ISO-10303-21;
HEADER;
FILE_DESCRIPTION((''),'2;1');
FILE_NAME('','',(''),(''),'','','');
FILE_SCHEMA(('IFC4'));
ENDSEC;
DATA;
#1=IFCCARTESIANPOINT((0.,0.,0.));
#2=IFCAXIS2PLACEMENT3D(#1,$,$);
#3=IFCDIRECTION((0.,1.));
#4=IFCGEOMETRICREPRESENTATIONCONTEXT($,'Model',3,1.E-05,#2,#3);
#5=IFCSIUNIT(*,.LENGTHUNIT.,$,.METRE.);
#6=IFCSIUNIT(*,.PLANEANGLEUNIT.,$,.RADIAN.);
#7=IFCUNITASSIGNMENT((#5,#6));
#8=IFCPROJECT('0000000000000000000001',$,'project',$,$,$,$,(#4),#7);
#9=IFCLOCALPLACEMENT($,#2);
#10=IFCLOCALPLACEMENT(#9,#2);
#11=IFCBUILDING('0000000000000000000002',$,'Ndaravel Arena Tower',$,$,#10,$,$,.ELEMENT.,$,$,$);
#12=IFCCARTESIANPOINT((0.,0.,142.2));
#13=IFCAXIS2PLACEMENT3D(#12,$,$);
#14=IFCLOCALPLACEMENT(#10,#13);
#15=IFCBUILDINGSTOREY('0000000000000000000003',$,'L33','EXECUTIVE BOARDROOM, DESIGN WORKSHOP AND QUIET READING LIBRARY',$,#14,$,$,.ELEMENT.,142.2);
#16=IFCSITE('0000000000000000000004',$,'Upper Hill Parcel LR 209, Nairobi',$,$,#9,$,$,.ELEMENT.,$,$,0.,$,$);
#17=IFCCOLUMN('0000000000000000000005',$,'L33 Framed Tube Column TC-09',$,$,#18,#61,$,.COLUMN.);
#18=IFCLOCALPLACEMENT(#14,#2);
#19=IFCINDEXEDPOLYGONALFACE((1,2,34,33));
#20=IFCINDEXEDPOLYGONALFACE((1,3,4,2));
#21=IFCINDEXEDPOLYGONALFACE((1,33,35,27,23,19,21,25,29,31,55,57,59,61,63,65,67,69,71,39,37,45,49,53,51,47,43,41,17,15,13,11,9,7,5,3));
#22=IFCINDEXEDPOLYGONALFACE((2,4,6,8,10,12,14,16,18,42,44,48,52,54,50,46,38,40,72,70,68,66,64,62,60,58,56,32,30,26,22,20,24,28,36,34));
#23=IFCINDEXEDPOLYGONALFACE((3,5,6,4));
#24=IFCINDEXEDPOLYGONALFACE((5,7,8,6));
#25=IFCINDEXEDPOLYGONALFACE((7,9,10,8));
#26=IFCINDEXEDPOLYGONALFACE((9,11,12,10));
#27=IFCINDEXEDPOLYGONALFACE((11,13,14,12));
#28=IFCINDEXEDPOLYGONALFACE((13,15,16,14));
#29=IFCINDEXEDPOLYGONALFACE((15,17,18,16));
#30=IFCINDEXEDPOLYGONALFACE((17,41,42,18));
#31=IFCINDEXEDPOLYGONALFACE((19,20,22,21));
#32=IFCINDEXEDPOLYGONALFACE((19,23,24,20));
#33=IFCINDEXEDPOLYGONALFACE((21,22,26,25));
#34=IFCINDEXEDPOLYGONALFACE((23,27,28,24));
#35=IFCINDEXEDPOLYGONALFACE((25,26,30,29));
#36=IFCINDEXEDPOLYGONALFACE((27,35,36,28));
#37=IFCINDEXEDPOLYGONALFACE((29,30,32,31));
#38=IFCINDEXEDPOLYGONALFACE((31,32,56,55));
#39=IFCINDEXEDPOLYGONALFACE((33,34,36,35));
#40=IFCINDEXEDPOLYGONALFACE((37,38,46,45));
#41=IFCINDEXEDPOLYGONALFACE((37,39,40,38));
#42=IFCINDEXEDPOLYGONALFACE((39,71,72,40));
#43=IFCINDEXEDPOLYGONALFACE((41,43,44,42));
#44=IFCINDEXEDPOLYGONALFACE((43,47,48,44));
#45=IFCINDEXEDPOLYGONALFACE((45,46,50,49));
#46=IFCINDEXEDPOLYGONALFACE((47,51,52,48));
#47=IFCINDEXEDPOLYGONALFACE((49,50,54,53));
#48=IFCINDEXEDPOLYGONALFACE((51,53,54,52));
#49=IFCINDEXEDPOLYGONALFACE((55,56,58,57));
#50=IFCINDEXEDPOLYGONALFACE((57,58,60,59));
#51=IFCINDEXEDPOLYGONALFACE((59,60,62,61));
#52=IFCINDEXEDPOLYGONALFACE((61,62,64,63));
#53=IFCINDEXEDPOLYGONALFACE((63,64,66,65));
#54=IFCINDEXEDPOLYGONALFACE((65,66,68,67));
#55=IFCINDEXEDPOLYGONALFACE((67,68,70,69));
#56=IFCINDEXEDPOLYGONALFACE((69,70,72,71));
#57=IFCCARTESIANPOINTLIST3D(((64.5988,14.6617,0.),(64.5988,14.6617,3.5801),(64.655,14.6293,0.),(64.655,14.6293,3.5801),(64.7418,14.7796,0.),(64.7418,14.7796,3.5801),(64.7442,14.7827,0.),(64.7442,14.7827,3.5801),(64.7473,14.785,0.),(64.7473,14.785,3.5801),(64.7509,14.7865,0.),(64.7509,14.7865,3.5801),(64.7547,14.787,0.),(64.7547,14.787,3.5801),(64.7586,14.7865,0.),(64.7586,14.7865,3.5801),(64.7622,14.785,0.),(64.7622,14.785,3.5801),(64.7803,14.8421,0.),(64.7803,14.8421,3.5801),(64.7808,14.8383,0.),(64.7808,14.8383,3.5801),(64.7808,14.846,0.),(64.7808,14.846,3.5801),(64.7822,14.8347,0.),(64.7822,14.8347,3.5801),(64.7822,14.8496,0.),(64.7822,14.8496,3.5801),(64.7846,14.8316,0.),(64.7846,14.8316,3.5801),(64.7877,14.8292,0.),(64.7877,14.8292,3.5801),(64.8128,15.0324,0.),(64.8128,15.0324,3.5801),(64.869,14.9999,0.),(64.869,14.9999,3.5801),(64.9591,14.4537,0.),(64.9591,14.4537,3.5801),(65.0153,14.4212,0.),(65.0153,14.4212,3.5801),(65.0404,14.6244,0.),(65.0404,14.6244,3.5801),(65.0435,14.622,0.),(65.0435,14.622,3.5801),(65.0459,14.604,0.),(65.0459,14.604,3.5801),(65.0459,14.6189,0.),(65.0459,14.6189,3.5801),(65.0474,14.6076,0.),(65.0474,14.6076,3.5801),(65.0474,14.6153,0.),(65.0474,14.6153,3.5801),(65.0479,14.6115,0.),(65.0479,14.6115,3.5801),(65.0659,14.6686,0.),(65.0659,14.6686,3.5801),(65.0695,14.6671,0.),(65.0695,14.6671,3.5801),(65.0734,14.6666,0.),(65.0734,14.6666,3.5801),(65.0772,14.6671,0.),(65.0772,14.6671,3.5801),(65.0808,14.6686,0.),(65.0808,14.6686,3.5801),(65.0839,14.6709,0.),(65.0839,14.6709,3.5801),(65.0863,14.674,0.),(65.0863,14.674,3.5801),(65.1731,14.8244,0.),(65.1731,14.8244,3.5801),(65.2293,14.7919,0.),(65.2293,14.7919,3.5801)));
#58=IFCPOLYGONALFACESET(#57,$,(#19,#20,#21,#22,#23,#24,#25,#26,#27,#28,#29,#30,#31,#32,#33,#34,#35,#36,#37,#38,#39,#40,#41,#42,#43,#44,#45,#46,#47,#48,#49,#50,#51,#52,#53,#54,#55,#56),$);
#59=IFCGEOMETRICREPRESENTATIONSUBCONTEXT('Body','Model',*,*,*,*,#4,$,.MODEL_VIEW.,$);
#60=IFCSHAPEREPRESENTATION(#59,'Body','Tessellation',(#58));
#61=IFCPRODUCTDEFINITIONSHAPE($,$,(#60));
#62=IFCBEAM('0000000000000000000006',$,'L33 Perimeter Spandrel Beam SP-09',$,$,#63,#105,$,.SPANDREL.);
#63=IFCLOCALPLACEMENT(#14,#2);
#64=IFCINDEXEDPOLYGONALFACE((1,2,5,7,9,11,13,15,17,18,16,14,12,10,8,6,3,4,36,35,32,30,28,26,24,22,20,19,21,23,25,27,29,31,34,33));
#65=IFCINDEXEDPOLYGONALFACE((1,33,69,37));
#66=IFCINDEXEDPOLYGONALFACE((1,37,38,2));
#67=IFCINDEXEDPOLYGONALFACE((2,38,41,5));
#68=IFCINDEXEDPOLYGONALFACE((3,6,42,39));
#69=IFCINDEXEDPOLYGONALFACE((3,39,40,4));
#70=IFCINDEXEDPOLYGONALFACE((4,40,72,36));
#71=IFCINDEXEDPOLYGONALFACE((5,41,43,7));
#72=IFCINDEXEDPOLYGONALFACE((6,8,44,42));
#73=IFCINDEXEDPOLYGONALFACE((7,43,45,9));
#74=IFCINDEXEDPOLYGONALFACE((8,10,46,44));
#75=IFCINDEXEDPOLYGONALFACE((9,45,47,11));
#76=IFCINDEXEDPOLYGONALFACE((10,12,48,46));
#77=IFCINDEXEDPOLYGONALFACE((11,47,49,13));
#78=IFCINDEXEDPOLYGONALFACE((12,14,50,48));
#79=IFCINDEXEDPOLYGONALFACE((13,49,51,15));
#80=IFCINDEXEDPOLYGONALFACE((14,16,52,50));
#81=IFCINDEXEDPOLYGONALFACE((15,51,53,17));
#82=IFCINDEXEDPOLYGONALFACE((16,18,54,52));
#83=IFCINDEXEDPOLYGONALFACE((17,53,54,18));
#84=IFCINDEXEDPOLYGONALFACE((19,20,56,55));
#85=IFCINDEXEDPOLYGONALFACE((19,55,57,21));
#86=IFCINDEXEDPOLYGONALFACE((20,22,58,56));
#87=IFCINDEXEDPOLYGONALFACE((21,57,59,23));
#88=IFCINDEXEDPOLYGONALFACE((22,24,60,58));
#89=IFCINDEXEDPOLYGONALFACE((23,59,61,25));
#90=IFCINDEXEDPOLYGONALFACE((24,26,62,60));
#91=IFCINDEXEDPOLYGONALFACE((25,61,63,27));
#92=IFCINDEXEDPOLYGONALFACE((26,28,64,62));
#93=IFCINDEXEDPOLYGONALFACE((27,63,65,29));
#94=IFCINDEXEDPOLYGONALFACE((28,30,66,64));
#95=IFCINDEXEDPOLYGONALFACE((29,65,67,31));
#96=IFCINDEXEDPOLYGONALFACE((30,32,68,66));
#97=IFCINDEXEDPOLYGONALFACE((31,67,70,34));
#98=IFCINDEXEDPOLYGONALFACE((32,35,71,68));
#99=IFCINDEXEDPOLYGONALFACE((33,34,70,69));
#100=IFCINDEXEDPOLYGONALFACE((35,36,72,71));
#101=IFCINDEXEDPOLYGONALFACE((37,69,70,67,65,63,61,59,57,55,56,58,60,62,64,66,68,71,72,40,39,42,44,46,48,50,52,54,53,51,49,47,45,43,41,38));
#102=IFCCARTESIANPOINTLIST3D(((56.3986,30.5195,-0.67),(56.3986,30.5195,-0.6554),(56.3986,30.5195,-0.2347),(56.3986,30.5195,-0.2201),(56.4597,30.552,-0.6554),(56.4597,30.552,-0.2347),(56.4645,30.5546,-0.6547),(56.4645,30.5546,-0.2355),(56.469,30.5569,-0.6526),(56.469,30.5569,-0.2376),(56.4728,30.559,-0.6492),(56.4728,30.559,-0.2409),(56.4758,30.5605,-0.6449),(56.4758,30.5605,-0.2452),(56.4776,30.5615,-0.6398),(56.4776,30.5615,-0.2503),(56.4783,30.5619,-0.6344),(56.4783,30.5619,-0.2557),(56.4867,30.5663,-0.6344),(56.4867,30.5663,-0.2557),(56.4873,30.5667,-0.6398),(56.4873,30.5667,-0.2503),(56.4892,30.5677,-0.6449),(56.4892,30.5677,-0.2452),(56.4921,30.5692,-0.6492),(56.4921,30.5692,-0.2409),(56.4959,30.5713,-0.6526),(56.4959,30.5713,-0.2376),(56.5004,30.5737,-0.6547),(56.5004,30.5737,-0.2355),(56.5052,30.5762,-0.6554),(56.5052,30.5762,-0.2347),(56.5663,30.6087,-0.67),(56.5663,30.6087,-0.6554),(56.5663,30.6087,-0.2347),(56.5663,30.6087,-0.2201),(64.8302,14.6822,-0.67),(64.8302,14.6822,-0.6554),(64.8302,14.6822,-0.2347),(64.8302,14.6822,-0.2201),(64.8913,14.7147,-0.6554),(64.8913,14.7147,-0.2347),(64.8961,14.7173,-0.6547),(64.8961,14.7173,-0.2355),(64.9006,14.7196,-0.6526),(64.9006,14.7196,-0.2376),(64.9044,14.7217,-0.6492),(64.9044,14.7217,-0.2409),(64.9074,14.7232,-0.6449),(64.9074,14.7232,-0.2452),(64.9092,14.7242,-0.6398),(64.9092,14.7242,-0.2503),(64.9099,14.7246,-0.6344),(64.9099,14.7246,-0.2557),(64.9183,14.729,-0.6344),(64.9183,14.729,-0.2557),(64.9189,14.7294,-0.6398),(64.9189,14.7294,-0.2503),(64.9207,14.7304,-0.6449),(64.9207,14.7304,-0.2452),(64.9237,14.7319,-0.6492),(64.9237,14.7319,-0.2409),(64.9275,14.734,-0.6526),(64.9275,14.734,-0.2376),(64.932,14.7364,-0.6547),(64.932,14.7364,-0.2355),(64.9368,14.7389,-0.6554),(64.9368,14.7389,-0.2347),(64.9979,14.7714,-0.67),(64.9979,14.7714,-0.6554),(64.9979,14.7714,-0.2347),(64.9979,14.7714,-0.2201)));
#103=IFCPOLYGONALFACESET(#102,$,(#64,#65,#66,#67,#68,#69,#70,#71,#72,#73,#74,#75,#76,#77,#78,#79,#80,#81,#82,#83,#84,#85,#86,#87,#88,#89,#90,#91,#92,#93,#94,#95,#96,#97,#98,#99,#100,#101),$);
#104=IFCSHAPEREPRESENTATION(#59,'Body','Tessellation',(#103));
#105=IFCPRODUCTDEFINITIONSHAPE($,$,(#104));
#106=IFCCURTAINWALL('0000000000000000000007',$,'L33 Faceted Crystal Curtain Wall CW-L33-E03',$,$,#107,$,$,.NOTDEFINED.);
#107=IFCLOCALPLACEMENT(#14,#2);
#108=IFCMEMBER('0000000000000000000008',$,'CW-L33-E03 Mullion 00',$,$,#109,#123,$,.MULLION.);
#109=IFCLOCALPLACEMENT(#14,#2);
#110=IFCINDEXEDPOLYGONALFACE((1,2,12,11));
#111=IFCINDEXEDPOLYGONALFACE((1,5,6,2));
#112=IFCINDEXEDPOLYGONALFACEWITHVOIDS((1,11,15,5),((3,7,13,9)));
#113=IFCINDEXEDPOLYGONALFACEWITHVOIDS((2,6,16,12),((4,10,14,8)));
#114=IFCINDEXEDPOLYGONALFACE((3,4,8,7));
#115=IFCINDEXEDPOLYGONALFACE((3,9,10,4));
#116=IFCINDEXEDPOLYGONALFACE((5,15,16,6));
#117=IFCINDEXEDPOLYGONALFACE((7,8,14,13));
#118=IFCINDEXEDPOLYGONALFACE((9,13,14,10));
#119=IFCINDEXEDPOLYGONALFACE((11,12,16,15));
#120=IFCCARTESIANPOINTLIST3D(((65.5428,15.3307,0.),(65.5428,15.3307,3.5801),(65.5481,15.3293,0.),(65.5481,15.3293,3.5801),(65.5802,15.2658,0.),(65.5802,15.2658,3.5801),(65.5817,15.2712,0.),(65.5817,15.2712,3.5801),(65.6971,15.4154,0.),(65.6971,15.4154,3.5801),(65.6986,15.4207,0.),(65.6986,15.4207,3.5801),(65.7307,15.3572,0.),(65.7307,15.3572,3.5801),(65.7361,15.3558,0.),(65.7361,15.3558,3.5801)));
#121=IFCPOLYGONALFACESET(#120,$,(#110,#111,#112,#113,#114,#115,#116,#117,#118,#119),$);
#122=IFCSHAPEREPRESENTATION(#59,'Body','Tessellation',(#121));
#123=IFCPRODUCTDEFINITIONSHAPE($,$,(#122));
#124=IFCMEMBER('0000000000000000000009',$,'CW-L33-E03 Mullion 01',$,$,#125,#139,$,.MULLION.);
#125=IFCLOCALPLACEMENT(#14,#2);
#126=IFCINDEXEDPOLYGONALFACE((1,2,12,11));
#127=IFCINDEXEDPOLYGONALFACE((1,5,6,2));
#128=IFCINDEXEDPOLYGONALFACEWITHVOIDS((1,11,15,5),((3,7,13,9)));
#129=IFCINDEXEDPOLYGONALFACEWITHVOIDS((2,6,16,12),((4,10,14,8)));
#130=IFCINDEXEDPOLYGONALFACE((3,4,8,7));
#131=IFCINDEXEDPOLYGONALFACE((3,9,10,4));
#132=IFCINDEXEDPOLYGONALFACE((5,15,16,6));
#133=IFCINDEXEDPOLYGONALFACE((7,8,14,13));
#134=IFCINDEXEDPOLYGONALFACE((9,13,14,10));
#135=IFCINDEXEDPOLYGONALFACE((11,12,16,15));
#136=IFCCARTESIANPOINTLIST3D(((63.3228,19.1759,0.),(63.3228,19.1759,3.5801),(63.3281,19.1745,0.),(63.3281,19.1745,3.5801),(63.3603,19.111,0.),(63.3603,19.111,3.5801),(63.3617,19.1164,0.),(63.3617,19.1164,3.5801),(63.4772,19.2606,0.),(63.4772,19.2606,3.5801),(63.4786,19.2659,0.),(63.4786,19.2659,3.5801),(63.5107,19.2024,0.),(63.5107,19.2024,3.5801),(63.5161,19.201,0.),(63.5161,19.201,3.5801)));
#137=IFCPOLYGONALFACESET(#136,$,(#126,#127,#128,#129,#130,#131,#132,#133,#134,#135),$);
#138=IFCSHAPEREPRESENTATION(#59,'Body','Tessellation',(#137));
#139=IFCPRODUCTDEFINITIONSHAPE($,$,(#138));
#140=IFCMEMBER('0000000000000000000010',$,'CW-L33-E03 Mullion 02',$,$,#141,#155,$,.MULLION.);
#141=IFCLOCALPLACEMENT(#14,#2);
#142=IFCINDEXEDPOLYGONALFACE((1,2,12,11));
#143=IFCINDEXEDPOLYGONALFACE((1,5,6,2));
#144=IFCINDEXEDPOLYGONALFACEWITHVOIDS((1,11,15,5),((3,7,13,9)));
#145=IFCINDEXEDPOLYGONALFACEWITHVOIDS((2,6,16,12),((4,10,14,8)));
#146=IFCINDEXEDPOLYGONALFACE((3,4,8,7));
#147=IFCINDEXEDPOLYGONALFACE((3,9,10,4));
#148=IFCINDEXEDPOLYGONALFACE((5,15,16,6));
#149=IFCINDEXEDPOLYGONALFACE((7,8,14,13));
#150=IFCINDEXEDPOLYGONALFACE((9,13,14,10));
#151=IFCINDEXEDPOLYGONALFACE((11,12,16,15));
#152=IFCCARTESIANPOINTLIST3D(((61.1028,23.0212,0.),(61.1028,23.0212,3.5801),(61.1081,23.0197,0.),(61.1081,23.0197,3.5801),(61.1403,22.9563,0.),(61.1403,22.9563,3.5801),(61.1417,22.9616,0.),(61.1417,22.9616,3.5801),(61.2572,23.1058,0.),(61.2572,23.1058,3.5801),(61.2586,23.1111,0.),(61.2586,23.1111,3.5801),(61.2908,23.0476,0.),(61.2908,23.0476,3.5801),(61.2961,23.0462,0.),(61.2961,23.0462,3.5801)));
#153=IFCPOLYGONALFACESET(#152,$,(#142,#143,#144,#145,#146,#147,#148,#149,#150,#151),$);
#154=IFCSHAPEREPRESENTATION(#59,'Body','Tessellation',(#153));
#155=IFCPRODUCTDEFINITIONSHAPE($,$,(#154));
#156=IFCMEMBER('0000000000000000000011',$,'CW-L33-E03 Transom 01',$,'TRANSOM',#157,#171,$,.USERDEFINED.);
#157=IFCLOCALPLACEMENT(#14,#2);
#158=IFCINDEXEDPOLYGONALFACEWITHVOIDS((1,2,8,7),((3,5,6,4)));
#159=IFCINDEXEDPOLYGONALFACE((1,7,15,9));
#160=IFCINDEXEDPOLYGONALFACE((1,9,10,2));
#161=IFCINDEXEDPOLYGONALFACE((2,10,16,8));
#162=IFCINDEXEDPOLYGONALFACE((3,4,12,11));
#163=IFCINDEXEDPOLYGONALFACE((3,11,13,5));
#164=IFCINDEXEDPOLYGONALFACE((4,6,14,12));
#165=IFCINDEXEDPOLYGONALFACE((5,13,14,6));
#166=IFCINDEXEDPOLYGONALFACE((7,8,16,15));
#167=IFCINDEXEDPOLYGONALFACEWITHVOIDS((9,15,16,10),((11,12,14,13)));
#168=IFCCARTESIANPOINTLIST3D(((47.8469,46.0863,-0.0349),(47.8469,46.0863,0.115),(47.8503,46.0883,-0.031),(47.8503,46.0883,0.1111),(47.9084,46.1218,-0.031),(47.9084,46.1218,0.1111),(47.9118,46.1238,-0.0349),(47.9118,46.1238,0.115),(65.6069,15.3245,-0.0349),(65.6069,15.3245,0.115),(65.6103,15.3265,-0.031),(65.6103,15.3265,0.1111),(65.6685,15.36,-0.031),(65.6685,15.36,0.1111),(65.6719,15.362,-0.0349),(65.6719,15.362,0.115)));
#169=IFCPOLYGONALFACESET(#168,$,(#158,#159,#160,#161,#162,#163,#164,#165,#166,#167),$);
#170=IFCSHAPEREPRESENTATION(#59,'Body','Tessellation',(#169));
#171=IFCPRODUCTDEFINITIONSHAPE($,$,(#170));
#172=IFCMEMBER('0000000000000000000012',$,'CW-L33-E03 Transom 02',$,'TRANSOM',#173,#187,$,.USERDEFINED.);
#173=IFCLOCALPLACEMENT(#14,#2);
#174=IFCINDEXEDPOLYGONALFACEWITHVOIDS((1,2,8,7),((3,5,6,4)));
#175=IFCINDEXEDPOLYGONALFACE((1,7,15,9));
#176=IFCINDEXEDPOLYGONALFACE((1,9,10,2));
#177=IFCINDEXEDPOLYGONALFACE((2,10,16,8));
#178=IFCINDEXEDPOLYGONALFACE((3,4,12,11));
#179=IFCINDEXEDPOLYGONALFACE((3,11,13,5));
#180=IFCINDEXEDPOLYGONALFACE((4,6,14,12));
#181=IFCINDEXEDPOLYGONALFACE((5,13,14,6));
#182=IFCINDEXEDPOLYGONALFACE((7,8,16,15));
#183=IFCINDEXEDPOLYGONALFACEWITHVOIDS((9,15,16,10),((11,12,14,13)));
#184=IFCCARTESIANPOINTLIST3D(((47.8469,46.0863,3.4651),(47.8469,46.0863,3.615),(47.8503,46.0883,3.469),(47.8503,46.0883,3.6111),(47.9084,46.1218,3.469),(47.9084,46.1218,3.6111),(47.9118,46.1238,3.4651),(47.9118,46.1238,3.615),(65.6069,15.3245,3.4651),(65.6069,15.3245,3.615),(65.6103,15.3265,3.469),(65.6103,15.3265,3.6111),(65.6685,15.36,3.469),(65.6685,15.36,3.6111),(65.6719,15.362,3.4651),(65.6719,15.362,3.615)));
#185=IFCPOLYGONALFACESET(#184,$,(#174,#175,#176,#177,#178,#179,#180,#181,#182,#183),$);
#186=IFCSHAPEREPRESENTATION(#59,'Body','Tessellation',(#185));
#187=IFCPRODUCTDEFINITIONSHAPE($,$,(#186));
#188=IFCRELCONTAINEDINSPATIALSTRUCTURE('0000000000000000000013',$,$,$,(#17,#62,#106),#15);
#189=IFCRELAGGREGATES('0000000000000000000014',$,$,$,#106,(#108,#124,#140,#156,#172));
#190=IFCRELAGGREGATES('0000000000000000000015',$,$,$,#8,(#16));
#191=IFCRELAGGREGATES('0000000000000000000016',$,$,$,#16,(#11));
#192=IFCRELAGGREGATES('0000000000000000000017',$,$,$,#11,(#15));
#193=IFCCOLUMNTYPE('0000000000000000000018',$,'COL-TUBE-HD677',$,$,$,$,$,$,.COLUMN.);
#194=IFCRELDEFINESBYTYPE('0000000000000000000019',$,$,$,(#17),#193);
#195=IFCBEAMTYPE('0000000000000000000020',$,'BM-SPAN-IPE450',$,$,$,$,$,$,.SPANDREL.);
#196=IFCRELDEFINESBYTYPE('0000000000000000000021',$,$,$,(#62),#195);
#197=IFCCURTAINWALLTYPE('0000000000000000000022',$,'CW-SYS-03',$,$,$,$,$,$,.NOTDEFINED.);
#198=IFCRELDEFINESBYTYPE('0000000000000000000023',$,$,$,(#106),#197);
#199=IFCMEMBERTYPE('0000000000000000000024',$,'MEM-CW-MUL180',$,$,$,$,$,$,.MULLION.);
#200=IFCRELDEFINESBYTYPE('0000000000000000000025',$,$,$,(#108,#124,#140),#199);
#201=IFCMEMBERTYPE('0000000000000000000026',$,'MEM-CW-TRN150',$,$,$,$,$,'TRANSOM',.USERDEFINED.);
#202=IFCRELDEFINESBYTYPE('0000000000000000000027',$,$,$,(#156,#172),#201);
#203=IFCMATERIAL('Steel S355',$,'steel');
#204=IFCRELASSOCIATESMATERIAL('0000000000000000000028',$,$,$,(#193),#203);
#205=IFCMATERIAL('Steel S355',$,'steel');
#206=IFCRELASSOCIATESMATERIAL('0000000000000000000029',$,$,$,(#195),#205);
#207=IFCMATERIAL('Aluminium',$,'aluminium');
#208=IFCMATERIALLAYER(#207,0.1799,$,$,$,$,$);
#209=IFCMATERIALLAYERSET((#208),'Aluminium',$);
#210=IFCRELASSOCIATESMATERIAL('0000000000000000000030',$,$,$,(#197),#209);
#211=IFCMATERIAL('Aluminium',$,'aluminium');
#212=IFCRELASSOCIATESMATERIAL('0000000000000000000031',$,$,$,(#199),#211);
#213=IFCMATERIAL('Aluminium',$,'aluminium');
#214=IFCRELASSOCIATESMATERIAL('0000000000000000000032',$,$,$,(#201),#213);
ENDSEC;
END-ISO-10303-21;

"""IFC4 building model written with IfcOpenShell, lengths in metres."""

from ifc_helpers import new_model, si_unit, direction, frame, origin, origin_2d, place, context, subcontext, project, spatial, hollow_rectangle, i_section, extrude, material, layer, layer_set, material_profile, profile_set, type_object, element, aggregate, save


model = new_model("IFC4")

# Units and contexts
model_context = context("Model", 3, precision=1e-05, world=origin(), true_north=direction((0.0, 1.0)))
body_context = subcontext(model_context, "Body", "Model", "MODEL_VIEW")
ifc_project = project(units=[si_unit("LENGTHUNIT", "METRE"), si_unit("PLANEANGLEUNIT", "RADIAN")], contexts=[model_context])

# Site, building, storey
site_placement = place(None, origin())
site = spatial("IfcSite", under=ifc_project, at=site_placement, Name="Upper Hill Parcel LR 209, Nairobi", CompositionType="ELEMENT", RefElevation=0.0)
building_placement = place(site_placement, origin())
building = spatial("IfcBuilding", under=site, at=building_placement, Name="Ndaravel Arena Tower", CompositionType="ELEMENT")
storey_placement = place(building_placement, frame((0.0, 0.0, 142.2)))
storey = spatial("IfcBuildingStorey", under=building, at=storey_placement, Name="L33", Description="EXECUTIVE BOARDROOM, DESIGN WORKSHOP AND QUIET READING LIBRARY", CompositionType="ELEMENT", Elevation=142.2)

# Column
ifc_material_1 = material(Name="Steel S355", Category="steel")
ifc_material_profile_1 = material_profile(ifc_material_1, i_section(OverallWidth=0.428, OverallDepth=0.481, WebThickness=0.051, FlangeThickness=0.0649, FilletRadius=0.0149, at=origin_2d()), Name="HD 400x677")
ifc_profile_set_1 = profile_set([ifc_material_profile_1], Name="Steel S355")
column_type = type_object("IfcColumnType", Name="COL-TUBE-HD677", PredefinedType="COLUMN", material=ifc_profile_set_1)
column_placement = place(storey_placement, frame((64.9141, 14.7268, 0.0), z_axis=(0.0, 0.0, 1.0), x_axis=(0.5, 0.866025, 0.0)))
element("IfcColumn", 1, at=column_placement, inside=storey, type_object=column_type, Name="L33 Framed Tube Column TC-09", PredefinedType="COLUMN", context=body_context, shape_type="SweptSolid", body=[
    extrude(i_section(OverallWidth=0.428, OverallDepth=0.481, WebThickness=0.051, FlangeThickness=0.0649, FilletRadius=0.0149, at=origin_2d()), origin(), (0.0, 0.0, 1.0), 3.5801),
])

# Beam
ifc_material_2 = material(Name="Steel S355", Category="steel")
ifc_material_profile_2 = material_profile(ifc_material_2, i_section(OverallWidth=0.1899, OverallDepth=0.45, WebThickness=0.0095, FlangeThickness=0.0146, FilletRadius=0.021, at=origin_2d()), Name="IPE 450")
ifc_profile_set_2 = profile_set([ifc_material_profile_2], Name="Steel S355")
beam_type = type_object("IfcBeamType", Name="BM-SPAN-IPE450", PredefinedType="SPANDREL", material=ifc_profile_set_2)
beam_placement = place(storey_placement, frame((64.9141, 14.7268, -0.4451), z_axis=(-0.469938, 0.882699, 0.0), x_axis=(-0.882699, -0.469938, 0.0)))
element("IfcBeam", 2, at=beam_placement, inside=storey, type_object=beam_type, Name="L33 Perimeter Spandrel Beam SP-09", PredefinedType="SPANDREL", context=body_context, shape_type="SweptSolid", body=[
    extrude(i_section(OverallWidth=0.1899, OverallDepth=0.45, WebThickness=0.0095, FlangeThickness=0.0146, FilletRadius=0.021, at=origin_2d()), origin(), (0.0, 0.0, 1.0), 17.9419),
])

# Curtain wall, members
ifc_material_3 = material(Name="Aluminium", Category="aluminium")
ifc_layer_1 = layer(ifc_material_3, 0.1799)
ifc_layer_set_1 = layer_set([ifc_layer_1], Name="Aluminium")
curtain_wall_type = type_object("IfcCurtainWallType", Name="CW-SYS-03", PredefinedType="NOTDEFINED", material=ifc_layer_set_1)
curtain_wall_placement = place(storey_placement, origin())
curtain_wall = element("IfcCurtainWall", 3, at=curtain_wall_placement, inside=storey, type_object=curtain_wall_type, Name="L33 Faceted Crystal Curtain Wall CW-L33-E03", PredefinedType="NOTDEFINED")
ifc_material_4 = material(Name="Aluminium", Category="aluminium")
ifc_material_profile_3 = material_profile(ifc_material_4, hollow_rectangle(XDim=0.075, YDim=0.1799, WallThickness=0.0039, at=origin_2d()), Name="CW MULLION 75x180x4")
ifc_profile_set_3 = profile_set([ifc_material_profile_3], Name="Aluminium")
member_type_1 = type_object("IfcMemberType", Name="MEM-CW-MUL180", PredefinedType="MULLION", material=ifc_profile_set_3)
member_1_placement = place(storey_placement, frame((65.6394, 15.3433, 0.0), z_axis=(0.0, 0.0, 1.0), x_axis=(-0.5, 0.866025, 0.0)))
member_1 = element("IfcMember", 4, at=member_1_placement, type_object=member_type_1, Name="CW-L33-E03 Mullion 00", PredefinedType="MULLION", context=body_context, shape_type="SweptSolid", body=[
    extrude(hollow_rectangle(XDim=0.075, YDim=0.1799, WallThickness=0.0039, at=origin_2d()), origin(), (0.0, 0.0, 1.0), 3.5801),
])
member_2_placement = place(storey_placement, frame((63.4194, 19.1885, 0.0), z_axis=(0.0, 0.0, 1.0), x_axis=(-0.5, 0.866025, 0.0)))
member_2 = element("IfcMember", 5, at=member_2_placement, type_object=member_type_1, Name="CW-L33-E03 Mullion 01", PredefinedType="MULLION", context=body_context, shape_type="SweptSolid", body=[
    extrude(hollow_rectangle(XDim=0.075, YDim=0.1799, WallThickness=0.0039, at=origin_2d()), origin(), (0.0, 0.0, 1.0), 3.5801),
])
member_3_placement = place(storey_placement, frame((61.1995, 23.0337, 0.0), z_axis=(0.0, 0.0, 1.0), x_axis=(-0.5, 0.866025, 0.0)))
member_3 = element("IfcMember", 6, at=member_3_placement, type_object=member_type_1, Name="CW-L33-E03 Mullion 02", PredefinedType="MULLION", context=body_context, shape_type="SweptSolid", body=[
    extrude(hollow_rectangle(XDim=0.075, YDim=0.1799, WallThickness=0.0039, at=origin_2d()), origin(), (0.0, 0.0, 1.0), 3.5801),
])
ifc_material_5 = material(Name="Aluminium", Category="aluminium")
ifc_material_profile_4 = material_profile(ifc_material_5, hollow_rectangle(XDim=0.075, YDim=0.1499, WallThickness=0.0039, at=origin_2d()), Name="CW TRANSOM 75x150x4")
ifc_profile_set_4 = profile_set([ifc_material_profile_4], Name="Aluminium")
member_type_2 = type_object("IfcMemberType", Name="MEM-CW-TRN150", ElementType="TRANSOM", PredefinedType="USERDEFINED", material=ifc_profile_set_4)
member_4_placement = place(storey_placement, frame((65.6394, 15.3433, 0.04), z_axis=(-0.499994, 0.866029, 0.0), x_axis=(-0.866029, -0.499994, 0.0)))
member_4 = element("IfcMember", 7, at=member_4_placement, type_object=member_type_2, Name="CW-L33-E03 Transom 01", ObjectType="TRANSOM", PredefinedType="USERDEFINED", context=body_context, shape_type="SweptSolid", body=[
    extrude(hollow_rectangle(XDim=0.075, YDim=0.1499, WallThickness=0.0039, at=origin_2d()), origin(), (0.0, 0.0, 1.0), 35.5205),
])
member_5_placement = place(storey_placement, frame((65.6394, 15.3433, 3.54), z_axis=(-0.499994, 0.866029, 0.0), x_axis=(-0.866029, -0.499994, 0.0)))
member_5 = element("IfcMember", 8, at=member_5_placement, type_object=member_type_2, Name="CW-L33-E03 Transom 02", ObjectType="TRANSOM", PredefinedType="USERDEFINED", context=body_context, shape_type="SweptSolid", body=[
    extrude(hollow_rectangle(XDim=0.075, YDim=0.1499, WallThickness=0.0039, at=origin_2d()), origin(), (0.0, 0.0, 1.0), 35.5205),
])
aggregate(curtain_wall, [member_1, member_2, member_3, member_4, member_5])

save(model, "model.ifc")
